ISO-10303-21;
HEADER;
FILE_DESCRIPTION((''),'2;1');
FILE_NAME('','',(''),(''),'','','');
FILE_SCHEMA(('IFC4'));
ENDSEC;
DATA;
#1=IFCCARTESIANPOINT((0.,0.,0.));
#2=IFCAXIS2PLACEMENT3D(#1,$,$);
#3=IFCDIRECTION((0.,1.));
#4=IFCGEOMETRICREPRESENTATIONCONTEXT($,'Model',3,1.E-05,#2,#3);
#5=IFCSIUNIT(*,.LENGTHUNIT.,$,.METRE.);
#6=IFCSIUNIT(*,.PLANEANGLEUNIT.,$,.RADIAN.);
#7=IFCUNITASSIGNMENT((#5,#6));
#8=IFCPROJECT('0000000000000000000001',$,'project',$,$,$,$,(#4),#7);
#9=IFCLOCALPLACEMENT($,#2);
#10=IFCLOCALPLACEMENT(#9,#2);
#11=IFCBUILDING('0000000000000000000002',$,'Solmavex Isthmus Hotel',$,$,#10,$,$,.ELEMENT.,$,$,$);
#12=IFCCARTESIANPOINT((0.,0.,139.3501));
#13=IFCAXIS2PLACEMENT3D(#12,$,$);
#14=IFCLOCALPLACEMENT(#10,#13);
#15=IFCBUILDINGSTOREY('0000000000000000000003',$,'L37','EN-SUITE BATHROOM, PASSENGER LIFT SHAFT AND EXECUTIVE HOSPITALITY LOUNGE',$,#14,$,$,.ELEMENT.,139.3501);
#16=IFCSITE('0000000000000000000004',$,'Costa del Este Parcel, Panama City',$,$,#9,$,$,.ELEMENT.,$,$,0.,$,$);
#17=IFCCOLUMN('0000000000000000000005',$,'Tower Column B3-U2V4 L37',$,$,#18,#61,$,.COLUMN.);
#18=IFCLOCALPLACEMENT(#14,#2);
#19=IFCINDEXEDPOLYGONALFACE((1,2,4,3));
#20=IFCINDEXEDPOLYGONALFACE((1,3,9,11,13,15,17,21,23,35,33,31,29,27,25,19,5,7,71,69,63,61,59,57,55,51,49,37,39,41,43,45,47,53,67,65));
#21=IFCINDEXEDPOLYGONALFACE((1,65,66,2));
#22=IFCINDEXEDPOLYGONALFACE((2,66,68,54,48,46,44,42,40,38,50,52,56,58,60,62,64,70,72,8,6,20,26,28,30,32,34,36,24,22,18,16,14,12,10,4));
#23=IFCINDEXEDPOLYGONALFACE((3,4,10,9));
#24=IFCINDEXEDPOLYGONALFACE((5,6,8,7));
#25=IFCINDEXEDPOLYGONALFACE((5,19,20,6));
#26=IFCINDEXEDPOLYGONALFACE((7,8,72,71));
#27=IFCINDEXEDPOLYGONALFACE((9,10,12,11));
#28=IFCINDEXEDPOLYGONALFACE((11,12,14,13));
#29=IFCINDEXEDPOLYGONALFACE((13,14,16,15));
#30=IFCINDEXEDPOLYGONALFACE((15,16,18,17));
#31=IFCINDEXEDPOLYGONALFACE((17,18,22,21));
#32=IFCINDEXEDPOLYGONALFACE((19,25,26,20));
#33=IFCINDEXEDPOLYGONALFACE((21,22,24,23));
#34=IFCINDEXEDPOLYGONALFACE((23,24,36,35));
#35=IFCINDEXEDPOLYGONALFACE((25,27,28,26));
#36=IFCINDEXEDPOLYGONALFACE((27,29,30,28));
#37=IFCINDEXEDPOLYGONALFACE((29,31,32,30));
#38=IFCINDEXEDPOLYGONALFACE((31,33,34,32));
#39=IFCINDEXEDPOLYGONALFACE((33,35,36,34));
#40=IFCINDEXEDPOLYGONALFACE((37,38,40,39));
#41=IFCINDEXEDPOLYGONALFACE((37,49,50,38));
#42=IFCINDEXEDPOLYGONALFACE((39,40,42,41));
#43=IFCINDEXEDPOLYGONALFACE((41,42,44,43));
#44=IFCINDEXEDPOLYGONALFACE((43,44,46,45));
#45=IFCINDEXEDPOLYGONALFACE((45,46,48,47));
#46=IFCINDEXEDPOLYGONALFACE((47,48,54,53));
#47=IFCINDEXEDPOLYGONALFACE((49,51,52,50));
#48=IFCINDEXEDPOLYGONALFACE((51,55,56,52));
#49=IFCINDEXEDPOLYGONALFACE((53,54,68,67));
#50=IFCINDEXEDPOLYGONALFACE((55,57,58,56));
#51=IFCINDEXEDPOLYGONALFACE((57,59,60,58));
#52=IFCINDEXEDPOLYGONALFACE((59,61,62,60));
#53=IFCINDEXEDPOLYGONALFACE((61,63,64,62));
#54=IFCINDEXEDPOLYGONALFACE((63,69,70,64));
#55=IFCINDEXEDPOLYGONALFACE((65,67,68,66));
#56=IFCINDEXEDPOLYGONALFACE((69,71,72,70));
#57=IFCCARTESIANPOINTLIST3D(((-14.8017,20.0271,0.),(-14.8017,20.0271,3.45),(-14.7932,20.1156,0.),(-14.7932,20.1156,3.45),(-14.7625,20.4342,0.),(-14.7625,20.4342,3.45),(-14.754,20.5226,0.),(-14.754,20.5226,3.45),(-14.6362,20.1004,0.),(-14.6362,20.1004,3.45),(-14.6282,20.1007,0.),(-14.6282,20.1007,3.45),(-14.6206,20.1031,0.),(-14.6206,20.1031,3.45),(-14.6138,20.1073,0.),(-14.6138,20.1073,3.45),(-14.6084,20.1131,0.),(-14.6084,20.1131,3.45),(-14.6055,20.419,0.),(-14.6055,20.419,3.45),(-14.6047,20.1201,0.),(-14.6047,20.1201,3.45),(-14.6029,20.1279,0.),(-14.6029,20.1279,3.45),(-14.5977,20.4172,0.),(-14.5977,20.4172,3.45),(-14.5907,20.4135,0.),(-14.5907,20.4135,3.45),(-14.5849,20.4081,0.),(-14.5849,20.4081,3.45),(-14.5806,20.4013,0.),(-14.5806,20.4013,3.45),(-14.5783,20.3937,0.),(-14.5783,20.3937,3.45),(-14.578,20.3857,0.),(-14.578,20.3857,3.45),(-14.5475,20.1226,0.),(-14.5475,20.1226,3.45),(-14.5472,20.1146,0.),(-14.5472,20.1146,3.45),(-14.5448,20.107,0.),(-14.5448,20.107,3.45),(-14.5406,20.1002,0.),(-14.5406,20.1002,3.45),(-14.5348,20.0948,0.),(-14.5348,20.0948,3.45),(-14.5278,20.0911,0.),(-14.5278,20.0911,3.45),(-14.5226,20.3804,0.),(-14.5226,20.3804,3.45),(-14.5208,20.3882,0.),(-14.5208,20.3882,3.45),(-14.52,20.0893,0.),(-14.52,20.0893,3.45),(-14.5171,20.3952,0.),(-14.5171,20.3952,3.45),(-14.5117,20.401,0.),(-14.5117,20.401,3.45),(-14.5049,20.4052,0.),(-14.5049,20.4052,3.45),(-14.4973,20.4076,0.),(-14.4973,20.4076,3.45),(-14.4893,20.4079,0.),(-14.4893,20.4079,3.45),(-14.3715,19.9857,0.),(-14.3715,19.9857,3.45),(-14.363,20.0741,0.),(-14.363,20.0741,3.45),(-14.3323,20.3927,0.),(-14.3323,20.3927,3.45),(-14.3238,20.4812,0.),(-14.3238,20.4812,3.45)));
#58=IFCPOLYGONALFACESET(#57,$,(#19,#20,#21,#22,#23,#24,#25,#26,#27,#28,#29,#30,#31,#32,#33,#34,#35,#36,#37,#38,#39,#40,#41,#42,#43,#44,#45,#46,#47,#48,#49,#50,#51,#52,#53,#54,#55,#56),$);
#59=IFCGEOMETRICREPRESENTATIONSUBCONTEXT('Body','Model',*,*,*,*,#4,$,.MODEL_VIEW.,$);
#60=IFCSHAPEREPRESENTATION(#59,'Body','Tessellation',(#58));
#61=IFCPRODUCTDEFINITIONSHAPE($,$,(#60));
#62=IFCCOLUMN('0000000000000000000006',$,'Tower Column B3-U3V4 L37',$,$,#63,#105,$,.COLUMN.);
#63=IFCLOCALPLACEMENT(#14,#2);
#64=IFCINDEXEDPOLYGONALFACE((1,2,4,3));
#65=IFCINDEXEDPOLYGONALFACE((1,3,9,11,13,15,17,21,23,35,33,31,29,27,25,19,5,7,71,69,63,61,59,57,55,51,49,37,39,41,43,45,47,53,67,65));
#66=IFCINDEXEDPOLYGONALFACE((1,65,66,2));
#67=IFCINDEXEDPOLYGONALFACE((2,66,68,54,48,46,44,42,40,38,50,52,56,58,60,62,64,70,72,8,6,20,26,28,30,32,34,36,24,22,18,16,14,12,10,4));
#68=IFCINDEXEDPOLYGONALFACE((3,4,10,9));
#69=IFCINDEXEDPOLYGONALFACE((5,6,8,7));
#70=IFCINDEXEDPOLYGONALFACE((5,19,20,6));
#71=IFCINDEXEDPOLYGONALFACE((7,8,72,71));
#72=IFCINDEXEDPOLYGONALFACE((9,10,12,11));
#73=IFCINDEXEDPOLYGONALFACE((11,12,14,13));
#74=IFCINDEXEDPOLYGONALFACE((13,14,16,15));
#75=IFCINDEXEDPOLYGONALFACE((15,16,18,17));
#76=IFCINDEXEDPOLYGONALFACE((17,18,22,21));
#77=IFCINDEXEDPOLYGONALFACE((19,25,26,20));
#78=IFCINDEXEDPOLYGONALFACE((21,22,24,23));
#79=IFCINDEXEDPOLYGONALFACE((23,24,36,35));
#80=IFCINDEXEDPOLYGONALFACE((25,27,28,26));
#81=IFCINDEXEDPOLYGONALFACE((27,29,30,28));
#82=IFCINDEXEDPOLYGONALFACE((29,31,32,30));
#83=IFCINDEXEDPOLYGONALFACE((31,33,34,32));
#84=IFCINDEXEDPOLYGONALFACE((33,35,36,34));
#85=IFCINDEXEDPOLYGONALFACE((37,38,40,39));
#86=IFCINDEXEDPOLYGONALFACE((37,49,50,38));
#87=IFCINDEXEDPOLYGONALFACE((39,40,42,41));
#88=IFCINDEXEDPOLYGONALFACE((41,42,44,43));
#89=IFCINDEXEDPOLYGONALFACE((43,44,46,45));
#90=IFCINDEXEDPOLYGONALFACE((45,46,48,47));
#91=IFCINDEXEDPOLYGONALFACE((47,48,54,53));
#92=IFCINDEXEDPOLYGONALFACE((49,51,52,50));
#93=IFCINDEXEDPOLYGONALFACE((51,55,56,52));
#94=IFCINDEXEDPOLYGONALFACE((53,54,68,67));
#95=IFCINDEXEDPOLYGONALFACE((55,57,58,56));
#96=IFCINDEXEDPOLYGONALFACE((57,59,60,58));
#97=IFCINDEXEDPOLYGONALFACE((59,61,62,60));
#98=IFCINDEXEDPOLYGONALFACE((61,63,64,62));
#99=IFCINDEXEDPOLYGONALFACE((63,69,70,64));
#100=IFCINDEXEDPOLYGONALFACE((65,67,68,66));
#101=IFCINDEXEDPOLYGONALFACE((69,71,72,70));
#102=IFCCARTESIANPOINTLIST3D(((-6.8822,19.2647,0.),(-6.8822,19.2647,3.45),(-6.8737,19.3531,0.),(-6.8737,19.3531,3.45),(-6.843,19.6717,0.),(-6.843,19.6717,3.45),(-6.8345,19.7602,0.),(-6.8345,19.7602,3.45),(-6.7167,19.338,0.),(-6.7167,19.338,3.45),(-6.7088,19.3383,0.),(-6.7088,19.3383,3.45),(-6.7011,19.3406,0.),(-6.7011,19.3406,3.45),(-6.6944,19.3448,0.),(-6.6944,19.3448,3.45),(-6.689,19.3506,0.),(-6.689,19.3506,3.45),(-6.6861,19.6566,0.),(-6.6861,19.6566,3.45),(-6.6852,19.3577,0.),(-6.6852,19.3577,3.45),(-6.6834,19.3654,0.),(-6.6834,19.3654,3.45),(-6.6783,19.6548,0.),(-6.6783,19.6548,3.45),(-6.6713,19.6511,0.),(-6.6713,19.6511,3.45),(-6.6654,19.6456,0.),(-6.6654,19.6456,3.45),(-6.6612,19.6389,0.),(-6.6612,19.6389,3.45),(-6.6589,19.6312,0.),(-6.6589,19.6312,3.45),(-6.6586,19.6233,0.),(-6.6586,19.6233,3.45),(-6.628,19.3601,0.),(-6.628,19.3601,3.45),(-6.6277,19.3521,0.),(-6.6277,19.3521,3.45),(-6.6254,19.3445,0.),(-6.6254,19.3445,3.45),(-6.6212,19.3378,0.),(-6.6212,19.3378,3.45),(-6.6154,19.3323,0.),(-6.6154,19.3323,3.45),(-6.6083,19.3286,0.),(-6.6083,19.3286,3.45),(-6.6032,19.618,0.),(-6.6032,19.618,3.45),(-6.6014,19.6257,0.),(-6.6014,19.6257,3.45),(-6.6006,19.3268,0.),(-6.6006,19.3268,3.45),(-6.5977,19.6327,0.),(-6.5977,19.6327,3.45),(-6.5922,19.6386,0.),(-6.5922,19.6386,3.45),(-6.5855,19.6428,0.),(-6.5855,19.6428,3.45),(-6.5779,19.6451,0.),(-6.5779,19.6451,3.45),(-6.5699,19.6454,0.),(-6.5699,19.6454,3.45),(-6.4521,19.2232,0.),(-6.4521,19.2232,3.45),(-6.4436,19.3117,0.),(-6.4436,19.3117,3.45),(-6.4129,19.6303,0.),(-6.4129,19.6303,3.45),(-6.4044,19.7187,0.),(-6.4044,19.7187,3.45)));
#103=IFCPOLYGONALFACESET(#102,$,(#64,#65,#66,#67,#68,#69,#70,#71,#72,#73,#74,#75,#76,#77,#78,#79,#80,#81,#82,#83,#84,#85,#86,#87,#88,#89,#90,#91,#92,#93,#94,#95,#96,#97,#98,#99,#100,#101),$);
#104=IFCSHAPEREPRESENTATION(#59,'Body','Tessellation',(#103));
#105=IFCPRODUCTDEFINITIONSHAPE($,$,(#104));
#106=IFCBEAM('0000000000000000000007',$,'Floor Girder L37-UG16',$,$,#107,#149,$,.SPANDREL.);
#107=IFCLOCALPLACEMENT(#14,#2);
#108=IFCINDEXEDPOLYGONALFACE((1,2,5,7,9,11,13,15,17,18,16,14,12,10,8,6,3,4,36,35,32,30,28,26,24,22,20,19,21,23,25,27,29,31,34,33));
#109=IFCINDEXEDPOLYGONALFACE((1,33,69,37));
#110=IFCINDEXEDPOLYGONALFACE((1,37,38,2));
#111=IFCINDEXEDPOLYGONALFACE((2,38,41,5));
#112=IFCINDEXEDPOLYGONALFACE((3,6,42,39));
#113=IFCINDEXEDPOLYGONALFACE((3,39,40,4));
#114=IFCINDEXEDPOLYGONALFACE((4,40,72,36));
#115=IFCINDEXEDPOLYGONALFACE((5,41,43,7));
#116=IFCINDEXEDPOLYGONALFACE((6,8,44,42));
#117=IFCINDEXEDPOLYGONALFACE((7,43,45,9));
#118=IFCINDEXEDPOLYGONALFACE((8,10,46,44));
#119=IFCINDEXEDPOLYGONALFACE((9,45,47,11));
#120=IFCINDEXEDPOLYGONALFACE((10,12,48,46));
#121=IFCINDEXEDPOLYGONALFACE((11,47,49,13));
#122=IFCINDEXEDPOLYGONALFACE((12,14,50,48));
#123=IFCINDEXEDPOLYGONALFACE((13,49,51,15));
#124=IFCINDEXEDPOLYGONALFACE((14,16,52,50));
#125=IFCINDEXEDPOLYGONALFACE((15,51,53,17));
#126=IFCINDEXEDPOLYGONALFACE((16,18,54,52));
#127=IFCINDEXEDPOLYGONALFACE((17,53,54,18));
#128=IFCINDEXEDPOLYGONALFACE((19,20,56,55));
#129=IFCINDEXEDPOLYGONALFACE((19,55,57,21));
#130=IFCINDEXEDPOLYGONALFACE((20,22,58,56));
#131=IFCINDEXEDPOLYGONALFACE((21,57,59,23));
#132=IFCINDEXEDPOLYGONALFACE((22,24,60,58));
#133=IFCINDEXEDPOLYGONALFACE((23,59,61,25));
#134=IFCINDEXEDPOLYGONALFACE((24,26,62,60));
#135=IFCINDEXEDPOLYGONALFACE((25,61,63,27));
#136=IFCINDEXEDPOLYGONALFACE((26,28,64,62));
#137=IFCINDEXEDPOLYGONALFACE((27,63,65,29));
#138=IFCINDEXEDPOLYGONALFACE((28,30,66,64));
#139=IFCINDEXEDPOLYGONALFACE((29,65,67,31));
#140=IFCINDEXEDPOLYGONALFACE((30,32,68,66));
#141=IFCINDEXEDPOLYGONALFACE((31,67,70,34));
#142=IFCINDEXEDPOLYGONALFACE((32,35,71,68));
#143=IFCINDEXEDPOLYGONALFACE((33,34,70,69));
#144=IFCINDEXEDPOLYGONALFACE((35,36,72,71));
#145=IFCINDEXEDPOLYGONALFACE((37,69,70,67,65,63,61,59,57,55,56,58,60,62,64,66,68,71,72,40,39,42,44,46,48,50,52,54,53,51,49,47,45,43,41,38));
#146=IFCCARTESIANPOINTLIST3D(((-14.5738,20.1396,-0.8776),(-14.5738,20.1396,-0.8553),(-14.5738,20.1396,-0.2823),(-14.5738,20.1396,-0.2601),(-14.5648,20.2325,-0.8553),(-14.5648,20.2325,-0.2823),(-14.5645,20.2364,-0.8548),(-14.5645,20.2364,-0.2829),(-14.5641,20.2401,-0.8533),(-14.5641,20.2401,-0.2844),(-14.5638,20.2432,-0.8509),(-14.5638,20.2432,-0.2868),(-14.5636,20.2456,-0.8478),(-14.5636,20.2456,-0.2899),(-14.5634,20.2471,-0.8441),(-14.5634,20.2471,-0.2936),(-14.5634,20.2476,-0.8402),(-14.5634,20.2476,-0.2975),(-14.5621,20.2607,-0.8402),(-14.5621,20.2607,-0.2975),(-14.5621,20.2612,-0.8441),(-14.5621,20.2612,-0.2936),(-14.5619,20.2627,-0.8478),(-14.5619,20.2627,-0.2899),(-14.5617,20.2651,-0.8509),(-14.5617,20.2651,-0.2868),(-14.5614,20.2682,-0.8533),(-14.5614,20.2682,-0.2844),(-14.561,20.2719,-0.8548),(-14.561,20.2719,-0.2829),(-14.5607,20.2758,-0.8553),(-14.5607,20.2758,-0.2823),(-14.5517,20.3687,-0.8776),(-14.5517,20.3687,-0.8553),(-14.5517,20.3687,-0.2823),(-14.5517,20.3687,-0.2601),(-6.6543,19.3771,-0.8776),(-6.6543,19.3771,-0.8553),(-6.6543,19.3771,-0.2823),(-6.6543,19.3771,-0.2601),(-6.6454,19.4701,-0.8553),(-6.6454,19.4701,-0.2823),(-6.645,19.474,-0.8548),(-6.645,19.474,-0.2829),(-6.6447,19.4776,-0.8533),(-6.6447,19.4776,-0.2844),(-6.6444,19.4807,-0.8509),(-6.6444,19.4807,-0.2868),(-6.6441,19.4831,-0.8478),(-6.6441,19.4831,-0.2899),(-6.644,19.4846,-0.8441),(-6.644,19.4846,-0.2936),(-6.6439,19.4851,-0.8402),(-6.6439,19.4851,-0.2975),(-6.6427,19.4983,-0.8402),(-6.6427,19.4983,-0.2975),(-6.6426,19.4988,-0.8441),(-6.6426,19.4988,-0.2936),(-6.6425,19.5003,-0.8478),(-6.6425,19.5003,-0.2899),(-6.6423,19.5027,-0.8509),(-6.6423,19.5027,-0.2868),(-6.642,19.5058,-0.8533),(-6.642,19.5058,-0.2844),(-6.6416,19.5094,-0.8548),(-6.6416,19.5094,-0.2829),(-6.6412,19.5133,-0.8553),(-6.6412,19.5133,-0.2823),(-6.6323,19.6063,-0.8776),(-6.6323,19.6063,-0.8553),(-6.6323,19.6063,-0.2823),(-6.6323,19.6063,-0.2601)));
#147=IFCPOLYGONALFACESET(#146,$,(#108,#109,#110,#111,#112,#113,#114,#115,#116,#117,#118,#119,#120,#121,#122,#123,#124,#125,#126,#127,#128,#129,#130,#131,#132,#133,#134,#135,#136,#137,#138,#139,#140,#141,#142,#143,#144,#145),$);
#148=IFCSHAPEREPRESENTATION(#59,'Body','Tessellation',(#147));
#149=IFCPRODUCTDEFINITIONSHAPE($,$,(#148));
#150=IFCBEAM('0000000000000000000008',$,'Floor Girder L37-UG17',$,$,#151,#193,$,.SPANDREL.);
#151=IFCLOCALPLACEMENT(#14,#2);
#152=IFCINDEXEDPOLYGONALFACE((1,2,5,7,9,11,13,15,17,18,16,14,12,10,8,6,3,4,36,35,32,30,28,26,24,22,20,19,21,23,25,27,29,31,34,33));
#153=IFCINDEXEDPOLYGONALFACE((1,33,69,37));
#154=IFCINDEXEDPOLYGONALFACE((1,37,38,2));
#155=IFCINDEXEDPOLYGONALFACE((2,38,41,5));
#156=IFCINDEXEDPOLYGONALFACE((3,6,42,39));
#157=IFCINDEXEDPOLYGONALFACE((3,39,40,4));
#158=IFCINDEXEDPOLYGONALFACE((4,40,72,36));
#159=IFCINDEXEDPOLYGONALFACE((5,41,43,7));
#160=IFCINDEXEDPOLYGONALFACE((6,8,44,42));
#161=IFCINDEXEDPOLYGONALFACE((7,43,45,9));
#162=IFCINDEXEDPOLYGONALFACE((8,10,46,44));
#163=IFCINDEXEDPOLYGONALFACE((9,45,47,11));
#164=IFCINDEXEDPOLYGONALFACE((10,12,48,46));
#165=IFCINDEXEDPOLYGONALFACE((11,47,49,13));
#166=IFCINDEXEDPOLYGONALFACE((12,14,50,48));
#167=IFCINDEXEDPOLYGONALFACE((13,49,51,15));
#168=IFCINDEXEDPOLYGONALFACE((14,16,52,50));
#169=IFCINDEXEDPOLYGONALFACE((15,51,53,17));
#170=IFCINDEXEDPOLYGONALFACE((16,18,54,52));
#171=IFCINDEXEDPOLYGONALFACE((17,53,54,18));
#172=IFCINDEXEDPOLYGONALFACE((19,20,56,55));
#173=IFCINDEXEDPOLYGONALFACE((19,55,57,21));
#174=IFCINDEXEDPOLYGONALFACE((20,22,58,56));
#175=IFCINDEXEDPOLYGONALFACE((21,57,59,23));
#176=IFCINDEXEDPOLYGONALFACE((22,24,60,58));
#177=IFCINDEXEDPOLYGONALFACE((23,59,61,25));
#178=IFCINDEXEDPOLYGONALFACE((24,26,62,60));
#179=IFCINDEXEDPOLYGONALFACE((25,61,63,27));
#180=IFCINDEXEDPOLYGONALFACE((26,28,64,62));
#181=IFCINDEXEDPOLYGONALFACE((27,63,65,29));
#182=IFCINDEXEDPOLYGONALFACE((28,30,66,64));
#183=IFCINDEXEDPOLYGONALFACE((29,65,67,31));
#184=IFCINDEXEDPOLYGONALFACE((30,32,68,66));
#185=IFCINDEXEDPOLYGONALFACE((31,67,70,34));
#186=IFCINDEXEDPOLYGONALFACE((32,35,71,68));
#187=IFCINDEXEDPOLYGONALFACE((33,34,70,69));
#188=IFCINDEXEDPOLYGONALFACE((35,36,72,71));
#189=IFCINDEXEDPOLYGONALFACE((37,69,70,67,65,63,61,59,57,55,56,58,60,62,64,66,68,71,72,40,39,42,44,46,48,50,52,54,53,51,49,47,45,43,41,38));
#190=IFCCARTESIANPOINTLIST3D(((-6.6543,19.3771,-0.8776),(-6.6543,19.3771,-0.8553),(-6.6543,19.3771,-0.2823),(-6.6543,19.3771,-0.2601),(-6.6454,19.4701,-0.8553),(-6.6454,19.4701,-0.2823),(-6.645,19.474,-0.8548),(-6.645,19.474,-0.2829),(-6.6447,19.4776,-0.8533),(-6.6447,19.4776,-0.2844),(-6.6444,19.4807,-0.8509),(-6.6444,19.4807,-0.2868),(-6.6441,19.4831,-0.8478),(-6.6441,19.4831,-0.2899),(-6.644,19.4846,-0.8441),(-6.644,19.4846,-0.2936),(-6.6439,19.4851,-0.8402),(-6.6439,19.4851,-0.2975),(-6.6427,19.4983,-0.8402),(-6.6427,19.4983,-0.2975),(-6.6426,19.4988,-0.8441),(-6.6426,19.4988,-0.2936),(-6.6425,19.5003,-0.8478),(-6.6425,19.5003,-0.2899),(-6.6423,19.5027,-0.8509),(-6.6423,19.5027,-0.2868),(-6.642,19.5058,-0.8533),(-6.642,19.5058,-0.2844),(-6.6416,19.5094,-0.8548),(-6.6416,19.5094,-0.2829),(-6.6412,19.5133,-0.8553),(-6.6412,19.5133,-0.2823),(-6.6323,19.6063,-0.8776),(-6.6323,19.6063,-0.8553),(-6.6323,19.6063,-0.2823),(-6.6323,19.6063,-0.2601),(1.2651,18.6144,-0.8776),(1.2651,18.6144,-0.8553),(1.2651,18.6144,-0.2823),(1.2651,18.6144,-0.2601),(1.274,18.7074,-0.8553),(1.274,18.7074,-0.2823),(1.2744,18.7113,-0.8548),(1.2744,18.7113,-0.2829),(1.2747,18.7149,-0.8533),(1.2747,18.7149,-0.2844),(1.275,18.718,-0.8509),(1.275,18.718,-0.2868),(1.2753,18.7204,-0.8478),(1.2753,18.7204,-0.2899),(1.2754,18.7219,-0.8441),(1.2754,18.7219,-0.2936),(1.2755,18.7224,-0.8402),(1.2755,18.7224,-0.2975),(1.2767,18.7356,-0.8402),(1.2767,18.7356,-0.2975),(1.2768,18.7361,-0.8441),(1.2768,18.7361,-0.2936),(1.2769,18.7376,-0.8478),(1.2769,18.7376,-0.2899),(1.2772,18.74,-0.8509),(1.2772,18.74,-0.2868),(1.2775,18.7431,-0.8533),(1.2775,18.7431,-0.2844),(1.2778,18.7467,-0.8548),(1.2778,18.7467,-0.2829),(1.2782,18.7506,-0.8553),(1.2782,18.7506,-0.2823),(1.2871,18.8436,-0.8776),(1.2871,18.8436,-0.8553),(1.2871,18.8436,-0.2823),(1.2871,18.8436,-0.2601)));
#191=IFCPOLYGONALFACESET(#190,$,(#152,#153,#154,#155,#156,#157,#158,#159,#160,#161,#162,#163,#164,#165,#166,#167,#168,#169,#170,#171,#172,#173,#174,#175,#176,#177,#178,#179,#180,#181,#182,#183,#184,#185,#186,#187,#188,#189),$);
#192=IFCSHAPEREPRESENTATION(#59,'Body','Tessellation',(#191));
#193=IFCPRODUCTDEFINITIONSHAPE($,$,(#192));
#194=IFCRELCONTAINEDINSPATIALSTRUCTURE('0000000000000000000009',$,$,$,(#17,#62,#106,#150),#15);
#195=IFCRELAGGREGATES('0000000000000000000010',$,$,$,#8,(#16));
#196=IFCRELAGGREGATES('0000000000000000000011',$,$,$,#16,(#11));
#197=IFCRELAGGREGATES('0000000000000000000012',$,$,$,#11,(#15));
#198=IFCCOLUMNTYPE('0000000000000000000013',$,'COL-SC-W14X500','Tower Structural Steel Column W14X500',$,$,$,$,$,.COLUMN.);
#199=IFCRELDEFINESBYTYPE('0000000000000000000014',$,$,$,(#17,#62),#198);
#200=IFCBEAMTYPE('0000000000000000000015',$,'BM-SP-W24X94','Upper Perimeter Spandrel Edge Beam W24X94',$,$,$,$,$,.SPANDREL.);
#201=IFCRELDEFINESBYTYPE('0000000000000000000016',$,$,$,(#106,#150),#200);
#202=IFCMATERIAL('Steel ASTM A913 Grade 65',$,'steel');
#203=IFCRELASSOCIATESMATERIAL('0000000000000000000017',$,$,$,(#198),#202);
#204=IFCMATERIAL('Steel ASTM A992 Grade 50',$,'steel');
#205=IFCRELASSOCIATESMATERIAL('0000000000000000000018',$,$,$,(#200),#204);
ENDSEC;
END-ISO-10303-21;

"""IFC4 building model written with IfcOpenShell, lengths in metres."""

from ifc_helpers import new_model, si_unit, direction, frame, origin, origin_2d, place, context, subcontext, project, spatial, i_section, extrude, material, material_profile, profile_set, type_object, element, save


model = new_model("IFC4")

# Units and contexts
model_context = context("Model", 3, precision=1e-05, world=origin(), true_north=direction((0.0, 1.0)))
body_context = subcontext(model_context, "Body", "Model", "MODEL_VIEW")
ifc_project = project(units=[si_unit("LENGTHUNIT", "METRE"), si_unit("PLANEANGLEUNIT", "RADIAN")], contexts=[model_context])

# Site, building, storey
site_placement = place(None, origin())
site = spatial("IfcSite", under=ifc_project, at=site_placement, Name="Costa del Este Parcel, Panama City", CompositionType="ELEMENT", RefElevation=0.0)
building_placement = place(site_placement, origin())
building = spatial("IfcBuilding", under=site, at=building_placement, Name="Solmavex Isthmus Hotel", CompositionType="ELEMENT")
storey_placement = place(building_placement, frame((0.0, 0.0, 139.3501)))
storey = spatial("IfcBuildingStorey", under=building, at=storey_placement, Name="L37", Description="EN-SUITE BATHROOM, PASSENGER LIFT SHAFT AND EXECUTIVE HOSPITALITY LOUNGE", CompositionType="ELEMENT", Elevation=139.3501)

# Columns
ifc_material_1 = material(Name="Steel ASTM A913 Grade 65", Category="steel")
ifc_material_profile_1 = material_profile(ifc_material_1, i_section(OverallWidth=0.4321, OverallDepth=0.4978, WebThickness=0.0557, FlangeThickness=0.0889, FilletRadius=0.0305, at=origin_2d()), Name="W14X500")
ifc_profile_set_1 = profile_set([ifc_material_profile_1], Name="Steel ASTM A913 Grade 65")
column_type = type_object("IfcColumnType", Name="COL-SC-W14X500", Description="Tower Structural Steel Column W14X500", PredefinedType="COLUMN", material=ifc_profile_set_1)
for number, where, z_axis, x_axis, name in (
    (1, (-14.5627, 20.2542, 0.0), (0.0, 0.0, 1.0), (0.995396, -0.095846, 0.0), "Tower Column B3-U2V4 L37"),
    (2, (-6.6433, 19.4917, 0.0), (0.0, 0.0, 1.0), (0.995396, -0.095846, 0.0), "Tower Column B3-U3V4 L37"),
):
    element("IfcColumn", number, at=place(storey_placement, frame(where, z_axis=z_axis, x_axis=x_axis)), inside=storey, type_object=column_type, Name=name, PredefinedType="COLUMN", context=body_context, shape_type="SweptSolid", body=[
        extrude(i_section(OverallWidth=0.4321, OverallDepth=0.4978, WebThickness=0.0557, FlangeThickness=0.0889, FilletRadius=0.0305, at=origin_2d()), origin(), (0.0, 0.0, 1.0), 3.45),
    ])

# Beams
ifc_material_2 = material(Name="Steel ASTM A992 Grade 50", Category="steel")
ifc_material_profile_2 = material_profile(ifc_material_2, i_section(OverallWidth=0.2302, OverallDepth=0.6174, WebThickness=0.0132, FlangeThickness=0.0222, FilletRadius=0.0151, at=origin_2d()), Name="W24X94")
ifc_profile_set_2 = profile_set([ifc_material_profile_2], Name="Steel ASTM A992 Grade 50")
beam_type = type_object("IfcBeamType", Name="BM-SP-W24X94", Description="Upper Perimeter Spandrel Edge Beam W24X94", PredefinedType="SPANDREL", material=ifc_profile_set_2)
for number, where, z_axis, x_axis, name in (
    (3, (-14.5627, 20.2542, -0.5688), (0.995397, -0.095833, 0.0), (0.095833, 0.995397, 0.0), "Floor Girder L37-UG16"),
    (4, (-6.6433, 19.4917, -0.5688), (0.995395, -0.095863, 0.0), (0.095863, 0.995395, 0.0), "Floor Girder L37-UG17"),
):
    element("IfcBeam", number, at=place(storey_placement, frame(where, z_axis=z_axis, x_axis=x_axis)), inside=storey, type_object=beam_type, Name=name, PredefinedType="SPANDREL", context=body_context, shape_type="SweptSolid", body=[
        extrude(i_section(OverallWidth=0.2302, OverallDepth=0.6174, WebThickness=0.0132, FlangeThickness=0.0222, FilletRadius=0.0151, at=origin_2d()), origin(), (0.0, 0.0, 1.0), 7.9561),
    ])

save(model, "model.ifc")
